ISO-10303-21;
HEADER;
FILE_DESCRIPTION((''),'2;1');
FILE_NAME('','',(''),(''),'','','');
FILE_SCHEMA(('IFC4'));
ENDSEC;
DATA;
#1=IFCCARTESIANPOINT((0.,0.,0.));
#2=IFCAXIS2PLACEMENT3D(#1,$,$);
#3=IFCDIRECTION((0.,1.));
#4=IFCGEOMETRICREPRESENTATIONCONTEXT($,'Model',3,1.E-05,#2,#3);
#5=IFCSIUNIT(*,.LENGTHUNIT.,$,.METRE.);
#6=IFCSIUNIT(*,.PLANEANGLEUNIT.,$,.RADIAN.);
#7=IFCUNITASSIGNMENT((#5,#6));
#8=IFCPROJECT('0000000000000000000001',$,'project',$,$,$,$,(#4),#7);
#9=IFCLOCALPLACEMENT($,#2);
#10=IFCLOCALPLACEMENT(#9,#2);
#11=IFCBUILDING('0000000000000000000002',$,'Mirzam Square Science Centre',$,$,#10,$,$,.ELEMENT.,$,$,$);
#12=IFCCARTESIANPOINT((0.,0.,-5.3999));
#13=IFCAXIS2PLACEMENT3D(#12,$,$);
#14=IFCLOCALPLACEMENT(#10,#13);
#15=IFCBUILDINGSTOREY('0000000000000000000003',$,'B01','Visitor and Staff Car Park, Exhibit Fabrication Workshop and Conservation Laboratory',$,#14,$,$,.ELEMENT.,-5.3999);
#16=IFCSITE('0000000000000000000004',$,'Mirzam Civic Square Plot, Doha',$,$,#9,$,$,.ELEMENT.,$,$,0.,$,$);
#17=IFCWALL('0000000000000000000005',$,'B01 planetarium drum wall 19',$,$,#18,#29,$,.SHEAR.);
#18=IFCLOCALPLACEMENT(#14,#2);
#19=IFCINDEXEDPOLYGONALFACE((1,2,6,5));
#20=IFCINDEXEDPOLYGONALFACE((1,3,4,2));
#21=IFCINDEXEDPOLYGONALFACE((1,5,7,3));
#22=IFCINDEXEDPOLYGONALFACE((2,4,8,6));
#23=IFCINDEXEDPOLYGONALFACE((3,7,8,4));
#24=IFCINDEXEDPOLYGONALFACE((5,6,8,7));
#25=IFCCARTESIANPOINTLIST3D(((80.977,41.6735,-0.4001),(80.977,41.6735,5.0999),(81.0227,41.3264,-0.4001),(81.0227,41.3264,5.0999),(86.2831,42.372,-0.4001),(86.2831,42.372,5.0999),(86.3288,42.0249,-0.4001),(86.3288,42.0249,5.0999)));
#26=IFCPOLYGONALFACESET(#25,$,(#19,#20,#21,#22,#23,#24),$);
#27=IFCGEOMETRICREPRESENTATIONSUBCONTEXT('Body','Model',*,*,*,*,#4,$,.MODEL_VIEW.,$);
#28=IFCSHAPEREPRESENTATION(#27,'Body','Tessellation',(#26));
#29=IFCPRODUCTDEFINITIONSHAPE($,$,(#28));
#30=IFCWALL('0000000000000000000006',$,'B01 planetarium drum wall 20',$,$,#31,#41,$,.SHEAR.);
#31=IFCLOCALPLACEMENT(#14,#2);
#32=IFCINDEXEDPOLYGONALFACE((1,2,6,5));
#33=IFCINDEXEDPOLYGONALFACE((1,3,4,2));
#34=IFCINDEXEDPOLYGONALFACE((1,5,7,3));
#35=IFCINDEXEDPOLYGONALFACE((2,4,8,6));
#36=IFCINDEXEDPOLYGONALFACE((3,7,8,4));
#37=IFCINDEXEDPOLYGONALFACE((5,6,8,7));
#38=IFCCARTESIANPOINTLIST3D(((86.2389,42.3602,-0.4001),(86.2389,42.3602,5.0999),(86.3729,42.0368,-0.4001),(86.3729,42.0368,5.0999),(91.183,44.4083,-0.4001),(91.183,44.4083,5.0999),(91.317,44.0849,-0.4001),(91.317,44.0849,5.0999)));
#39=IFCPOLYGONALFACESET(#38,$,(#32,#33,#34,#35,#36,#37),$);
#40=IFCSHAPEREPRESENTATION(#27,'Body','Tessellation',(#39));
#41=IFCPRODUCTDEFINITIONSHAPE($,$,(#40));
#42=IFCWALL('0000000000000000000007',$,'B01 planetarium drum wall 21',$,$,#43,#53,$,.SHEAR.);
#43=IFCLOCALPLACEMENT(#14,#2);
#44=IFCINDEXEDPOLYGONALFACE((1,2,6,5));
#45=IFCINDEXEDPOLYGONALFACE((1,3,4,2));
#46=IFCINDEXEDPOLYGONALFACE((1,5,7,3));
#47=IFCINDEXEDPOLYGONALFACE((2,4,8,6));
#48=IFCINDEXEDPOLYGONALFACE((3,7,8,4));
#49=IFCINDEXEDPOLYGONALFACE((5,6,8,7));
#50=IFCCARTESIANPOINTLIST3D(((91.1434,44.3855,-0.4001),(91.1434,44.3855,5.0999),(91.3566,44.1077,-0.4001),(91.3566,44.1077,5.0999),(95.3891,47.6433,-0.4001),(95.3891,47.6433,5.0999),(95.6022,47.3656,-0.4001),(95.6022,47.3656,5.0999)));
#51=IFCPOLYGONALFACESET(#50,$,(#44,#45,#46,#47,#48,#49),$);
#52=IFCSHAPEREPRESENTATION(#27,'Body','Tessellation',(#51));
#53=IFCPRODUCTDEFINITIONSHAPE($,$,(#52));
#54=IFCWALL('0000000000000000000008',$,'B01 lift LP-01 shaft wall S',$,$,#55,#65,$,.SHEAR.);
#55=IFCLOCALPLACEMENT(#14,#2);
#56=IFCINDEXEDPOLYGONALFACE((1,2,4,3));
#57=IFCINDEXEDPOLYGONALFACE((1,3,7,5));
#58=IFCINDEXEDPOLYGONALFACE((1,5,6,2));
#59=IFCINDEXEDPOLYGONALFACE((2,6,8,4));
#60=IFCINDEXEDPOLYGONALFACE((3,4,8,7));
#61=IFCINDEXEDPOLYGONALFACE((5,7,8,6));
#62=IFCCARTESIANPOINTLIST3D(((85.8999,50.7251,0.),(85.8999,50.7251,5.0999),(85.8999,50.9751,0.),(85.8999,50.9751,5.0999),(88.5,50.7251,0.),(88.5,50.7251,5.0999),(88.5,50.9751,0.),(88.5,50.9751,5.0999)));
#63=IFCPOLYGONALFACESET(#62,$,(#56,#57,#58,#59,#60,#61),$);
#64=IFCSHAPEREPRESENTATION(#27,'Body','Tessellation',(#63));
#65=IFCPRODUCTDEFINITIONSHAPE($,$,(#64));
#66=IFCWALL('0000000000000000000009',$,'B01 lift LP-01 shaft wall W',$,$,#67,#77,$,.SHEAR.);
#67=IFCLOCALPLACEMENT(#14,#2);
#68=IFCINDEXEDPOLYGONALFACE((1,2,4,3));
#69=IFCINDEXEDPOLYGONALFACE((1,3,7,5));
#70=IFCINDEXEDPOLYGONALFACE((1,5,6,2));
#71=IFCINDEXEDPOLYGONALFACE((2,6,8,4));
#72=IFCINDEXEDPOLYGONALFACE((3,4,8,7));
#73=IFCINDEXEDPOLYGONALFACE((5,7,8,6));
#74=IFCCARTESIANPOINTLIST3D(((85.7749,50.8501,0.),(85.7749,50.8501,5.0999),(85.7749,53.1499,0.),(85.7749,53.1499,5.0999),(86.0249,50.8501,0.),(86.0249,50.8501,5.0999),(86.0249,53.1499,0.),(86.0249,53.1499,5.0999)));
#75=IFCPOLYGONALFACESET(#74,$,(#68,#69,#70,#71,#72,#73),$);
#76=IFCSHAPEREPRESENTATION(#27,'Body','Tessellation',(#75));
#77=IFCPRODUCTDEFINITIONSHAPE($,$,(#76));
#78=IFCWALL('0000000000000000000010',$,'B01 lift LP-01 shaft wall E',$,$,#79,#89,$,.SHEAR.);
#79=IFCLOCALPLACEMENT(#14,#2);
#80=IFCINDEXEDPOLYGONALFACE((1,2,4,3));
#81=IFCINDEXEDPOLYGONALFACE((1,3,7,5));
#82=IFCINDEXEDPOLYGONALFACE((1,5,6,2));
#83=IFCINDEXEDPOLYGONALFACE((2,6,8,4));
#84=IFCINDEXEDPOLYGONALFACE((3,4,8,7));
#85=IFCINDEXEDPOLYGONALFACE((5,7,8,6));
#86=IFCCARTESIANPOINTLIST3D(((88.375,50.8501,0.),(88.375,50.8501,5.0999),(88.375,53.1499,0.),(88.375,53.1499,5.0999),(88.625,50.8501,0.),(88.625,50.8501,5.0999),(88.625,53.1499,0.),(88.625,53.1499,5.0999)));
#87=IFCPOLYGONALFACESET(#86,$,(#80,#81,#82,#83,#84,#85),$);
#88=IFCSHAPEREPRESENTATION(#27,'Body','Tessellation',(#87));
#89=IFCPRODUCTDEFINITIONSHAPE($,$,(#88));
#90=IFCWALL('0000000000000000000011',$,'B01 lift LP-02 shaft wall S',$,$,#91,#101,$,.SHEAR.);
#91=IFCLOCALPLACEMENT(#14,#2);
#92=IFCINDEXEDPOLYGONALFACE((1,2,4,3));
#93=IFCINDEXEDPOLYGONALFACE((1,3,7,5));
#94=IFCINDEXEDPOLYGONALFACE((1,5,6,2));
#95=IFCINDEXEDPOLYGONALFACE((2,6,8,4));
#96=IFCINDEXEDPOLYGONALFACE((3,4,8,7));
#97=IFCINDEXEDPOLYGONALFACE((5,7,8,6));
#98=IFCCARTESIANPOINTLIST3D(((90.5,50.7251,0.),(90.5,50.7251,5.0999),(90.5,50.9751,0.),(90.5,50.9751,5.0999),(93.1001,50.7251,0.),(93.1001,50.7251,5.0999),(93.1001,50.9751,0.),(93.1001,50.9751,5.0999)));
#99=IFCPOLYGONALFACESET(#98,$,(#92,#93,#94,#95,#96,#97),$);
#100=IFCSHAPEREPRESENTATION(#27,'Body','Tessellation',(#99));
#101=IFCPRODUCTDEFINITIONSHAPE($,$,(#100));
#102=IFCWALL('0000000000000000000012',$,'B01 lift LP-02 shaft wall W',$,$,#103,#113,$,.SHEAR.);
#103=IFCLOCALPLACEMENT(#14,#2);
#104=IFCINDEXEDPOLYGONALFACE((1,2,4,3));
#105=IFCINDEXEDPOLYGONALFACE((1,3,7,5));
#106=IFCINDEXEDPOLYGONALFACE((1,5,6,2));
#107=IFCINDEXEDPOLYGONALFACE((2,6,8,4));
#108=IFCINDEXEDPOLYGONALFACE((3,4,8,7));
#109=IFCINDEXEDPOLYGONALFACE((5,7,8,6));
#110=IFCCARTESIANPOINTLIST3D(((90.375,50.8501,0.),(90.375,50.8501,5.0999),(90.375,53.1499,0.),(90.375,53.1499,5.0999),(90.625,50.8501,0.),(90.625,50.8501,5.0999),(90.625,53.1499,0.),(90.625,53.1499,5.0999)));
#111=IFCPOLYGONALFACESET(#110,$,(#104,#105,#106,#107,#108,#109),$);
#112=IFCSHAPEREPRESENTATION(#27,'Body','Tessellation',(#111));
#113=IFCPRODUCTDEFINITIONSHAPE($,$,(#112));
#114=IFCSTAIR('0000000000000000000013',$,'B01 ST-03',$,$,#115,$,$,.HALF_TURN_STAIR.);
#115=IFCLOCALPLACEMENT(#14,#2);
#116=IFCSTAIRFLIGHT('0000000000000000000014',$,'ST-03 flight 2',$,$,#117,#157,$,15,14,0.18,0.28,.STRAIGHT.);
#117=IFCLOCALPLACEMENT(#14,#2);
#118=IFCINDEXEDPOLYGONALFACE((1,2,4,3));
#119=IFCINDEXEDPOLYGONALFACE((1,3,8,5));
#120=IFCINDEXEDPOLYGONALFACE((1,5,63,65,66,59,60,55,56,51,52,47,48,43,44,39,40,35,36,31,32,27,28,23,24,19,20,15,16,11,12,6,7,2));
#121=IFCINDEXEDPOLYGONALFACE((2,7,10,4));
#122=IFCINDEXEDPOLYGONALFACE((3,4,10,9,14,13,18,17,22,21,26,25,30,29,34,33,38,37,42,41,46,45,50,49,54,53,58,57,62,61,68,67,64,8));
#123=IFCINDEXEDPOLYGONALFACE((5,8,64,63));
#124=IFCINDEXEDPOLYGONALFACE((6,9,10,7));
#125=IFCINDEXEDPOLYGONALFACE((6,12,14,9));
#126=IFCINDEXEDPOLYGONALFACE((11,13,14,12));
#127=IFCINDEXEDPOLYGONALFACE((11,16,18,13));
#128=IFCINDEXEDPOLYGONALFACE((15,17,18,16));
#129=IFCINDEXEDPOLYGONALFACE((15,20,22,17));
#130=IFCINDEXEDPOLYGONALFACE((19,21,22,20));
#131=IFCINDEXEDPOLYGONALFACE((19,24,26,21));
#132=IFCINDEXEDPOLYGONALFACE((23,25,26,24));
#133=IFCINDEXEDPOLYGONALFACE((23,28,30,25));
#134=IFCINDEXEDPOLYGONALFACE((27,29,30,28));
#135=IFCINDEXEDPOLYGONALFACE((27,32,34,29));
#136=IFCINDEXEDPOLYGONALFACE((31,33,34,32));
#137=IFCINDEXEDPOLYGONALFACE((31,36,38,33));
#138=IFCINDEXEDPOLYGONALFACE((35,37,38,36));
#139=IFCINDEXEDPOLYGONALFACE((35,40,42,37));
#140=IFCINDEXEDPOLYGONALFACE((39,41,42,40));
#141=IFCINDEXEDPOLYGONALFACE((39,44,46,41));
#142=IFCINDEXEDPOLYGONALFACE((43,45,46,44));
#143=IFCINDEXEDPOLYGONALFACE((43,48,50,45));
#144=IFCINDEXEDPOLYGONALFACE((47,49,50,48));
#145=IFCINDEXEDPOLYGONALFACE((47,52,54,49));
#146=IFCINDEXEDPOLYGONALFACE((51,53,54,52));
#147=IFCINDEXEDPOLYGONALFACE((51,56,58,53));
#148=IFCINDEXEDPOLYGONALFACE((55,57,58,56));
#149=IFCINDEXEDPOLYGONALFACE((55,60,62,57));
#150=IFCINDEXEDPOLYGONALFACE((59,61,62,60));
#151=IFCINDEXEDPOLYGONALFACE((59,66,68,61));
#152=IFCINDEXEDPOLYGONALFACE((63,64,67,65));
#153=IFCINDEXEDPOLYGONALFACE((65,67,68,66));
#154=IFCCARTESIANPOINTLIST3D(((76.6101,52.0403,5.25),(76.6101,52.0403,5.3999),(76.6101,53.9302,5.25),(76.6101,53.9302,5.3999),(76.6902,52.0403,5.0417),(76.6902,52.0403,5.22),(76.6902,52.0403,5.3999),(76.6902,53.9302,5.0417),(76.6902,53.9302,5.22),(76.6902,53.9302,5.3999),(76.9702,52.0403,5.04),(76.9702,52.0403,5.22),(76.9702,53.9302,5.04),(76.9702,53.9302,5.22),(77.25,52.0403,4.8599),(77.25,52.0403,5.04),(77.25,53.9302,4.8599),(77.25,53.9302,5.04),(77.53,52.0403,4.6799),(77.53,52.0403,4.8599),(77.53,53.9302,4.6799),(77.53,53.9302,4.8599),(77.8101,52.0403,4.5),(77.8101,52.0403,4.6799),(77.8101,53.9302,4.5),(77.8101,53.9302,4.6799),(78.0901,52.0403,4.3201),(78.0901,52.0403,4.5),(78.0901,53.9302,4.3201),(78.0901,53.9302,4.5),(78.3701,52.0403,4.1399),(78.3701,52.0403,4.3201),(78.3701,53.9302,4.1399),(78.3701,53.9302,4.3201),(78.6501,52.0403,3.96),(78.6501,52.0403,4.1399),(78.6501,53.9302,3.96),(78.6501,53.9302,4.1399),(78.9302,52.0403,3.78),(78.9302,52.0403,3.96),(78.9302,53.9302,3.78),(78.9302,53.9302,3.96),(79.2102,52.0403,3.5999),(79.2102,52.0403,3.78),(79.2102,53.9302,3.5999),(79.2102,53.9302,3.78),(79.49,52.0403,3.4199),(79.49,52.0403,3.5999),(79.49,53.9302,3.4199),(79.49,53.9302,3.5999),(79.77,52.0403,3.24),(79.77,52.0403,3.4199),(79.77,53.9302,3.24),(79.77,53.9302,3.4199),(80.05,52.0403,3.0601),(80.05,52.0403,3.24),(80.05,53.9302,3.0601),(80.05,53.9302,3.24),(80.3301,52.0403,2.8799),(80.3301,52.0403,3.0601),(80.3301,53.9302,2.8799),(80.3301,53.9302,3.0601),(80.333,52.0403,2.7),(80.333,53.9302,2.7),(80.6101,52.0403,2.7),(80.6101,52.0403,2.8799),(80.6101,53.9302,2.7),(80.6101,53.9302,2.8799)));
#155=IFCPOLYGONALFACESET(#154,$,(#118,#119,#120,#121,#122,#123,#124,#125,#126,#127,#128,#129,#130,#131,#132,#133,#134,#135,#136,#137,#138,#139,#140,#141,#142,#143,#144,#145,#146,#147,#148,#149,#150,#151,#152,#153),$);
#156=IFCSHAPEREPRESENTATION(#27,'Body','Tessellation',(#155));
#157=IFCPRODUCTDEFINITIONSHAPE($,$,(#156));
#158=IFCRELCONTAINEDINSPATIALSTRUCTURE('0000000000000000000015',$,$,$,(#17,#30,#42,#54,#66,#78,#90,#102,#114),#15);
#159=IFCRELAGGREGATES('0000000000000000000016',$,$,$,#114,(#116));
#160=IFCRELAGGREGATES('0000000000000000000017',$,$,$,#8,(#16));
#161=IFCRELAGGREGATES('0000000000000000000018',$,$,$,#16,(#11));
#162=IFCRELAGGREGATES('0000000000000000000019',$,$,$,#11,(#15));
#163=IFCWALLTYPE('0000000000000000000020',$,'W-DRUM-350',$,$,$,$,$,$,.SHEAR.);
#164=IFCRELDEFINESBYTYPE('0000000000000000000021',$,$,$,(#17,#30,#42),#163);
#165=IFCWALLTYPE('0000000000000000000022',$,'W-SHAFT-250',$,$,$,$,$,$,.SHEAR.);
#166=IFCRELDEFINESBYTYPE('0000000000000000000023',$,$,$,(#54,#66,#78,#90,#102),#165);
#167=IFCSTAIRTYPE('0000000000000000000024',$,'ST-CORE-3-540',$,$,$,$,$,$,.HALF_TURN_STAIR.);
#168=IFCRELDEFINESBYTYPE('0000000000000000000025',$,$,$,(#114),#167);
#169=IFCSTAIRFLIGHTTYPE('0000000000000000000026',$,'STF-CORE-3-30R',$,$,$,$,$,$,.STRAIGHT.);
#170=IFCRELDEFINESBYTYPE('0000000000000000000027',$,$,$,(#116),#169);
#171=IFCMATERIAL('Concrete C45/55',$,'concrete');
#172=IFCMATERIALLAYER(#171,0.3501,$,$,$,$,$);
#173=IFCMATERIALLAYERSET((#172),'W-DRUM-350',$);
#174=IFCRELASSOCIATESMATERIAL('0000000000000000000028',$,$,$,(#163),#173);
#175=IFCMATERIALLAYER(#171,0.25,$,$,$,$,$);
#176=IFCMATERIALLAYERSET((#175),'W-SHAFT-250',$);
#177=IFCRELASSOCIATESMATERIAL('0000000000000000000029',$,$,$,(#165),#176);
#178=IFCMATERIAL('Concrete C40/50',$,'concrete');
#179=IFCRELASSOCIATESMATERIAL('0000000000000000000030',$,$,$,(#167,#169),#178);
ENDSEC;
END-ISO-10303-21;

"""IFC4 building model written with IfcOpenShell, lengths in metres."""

from ifc_helpers import new_model, si_unit, direction, frame, frame_2d, origin, place, context, subcontext, project, spatial, polyline, rectangle, outline, extrude, material, layer, layer_set, type_object, element, aggregate, save


model = new_model("IFC4")

# Units and contexts
model_context = context("Model", 3, precision=1e-05, world=origin(), true_north=direction((0.0, 1.0)))
body_context = subcontext(model_context, "Body", "Model", "MODEL_VIEW")
ifc_project = project(units=[si_unit("LENGTHUNIT", "METRE"), si_unit("PLANEANGLEUNIT", "RADIAN")], contexts=[model_context])

# Site, building, storey
site_placement = place(None, origin())
site = spatial("IfcSite", under=ifc_project, at=site_placement, Name="Mirzam Civic Square Plot, Doha", CompositionType="ELEMENT", RefElevation=0.0)
building_placement = place(site_placement, origin())
building = spatial("IfcBuilding", under=site, at=building_placement, Name="Mirzam Square Science Centre", CompositionType="ELEMENT")
storey_placement = place(building_placement, frame((0.0, 0.0, -5.3999)))
storey = spatial("IfcBuildingStorey", under=building, at=storey_placement, Name="B01", Description="Visitor and Staff Car Park, Exhibit Fabrication Workshop and Conservation Laboratory", CompositionType="ELEMENT", Elevation=-5.3999)

# Shared definitions
ifc_material_1 = material(Name="Concrete C45/55", Category="concrete")

# Walls
ifc_layer_1 = layer(ifc_material_1, 0.3501)
ifc_layer_set_1 = layer_set([ifc_layer_1], Name="W-DRUM-350")
wall_type_1 = type_object("IfcWallType", Name="W-DRUM-350", PredefinedType="SHEAR", material=ifc_layer_set_1)
wall_1_placement = place(storey_placement, frame((81.0, 41.5, -0.4001), z_axis=(0.0, 0.0, 1.0), x_axis=(0.991446, 0.130517, 0.0)))
element("IfcWall", 1, at=wall_1_placement, inside=storey, type_object=wall_type_1, Name="B01 planetarium drum wall 19", PredefinedType="SHEAR", context=body_context, shape_type="SweptSolid", body=[
    extrude(rectangle(XDim=5.3518, YDim=0.3501, at=frame_2d((2.6758, 0.0))), origin(), (0.0, 0.0, 1.0), 5.5),
])
for number, where, z_axis, x_axis, name in (
    (2, (86.3059, 42.1985, -0.4001), (0.0, 0.0, 1.0), (0.923867, 0.382713, 0.0), "B01 planetarium drum wall 20"),
    (3, (91.25, 44.2466, -0.4001), (0.0, 0.0, 1.0), (0.793349, 0.608767, 0.0), "B01 planetarium drum wall 21"),
):
    element("IfcWall", number, at=place(storey_placement, frame(where, z_axis=z_axis, x_axis=x_axis)), inside=storey, type_object=wall_type_1, Name=name, PredefinedType="SHEAR", context=body_context, shape_type="SweptSolid", body=[
        extrude(rectangle(XDim=5.3516, YDim=0.3501, at=frame_2d((2.6758, 0.0))), origin(), (0.0, 0.0, 1.0), 5.5),
    ])
ifc_layer_2 = layer(ifc_material_1, 0.25)
ifc_layer_set_2 = layer_set([ifc_layer_2], Name="W-SHAFT-250")
wall_type_2 = type_object("IfcWallType", Name="W-SHAFT-250", PredefinedType="SHEAR", material=ifc_layer_set_2)
wall_2_placement = place(storey_placement, frame((85.8999, 50.8501, 0.0), z_axis=(0.0, 0.0, 1.0), x_axis=(1.0, 0.0, 0.0)))
element("IfcWall", 4, at=wall_2_placement, inside=storey, type_object=wall_type_2, Name="B01 lift LP-01 shaft wall S", PredefinedType="SHEAR", context=body_context, shape_type="SweptSolid", body=[
    extrude(rectangle(XDim=2.6001, YDim=0.25, at=frame_2d((1.3, 0.0))), origin(), (0.0, 0.0, 1.0), 5.0999),
])

# Walls
for number, where, z_axis, x_axis, name in (
    (5, (85.8999, 53.1499, 0.0), (0.0, 0.0, 1.0), (0.0, -1.0, 0.0), "B01 lift LP-01 shaft wall W"),
    (6, (88.5, 50.8501, 0.0), (0.0, 0.0, 1.0), (0.0, 1.0, 0.0), "B01 lift LP-01 shaft wall E"),
):
    element("IfcWall", number, at=place(storey_placement, frame(where, z_axis=z_axis, x_axis=x_axis)), inside=storey, type_object=wall_type_2, Name=name, PredefinedType="SHEAR", context=body_context, shape_type="SweptSolid", body=[
        extrude(rectangle(XDim=2.2998, YDim=0.25, at=frame_2d((1.1499, 0.0))), origin(), (0.0, 0.0, 1.0), 5.0999),
    ])
wall_3_placement = place(storey_placement, frame((90.5, 50.8501, 0.0), z_axis=(0.0, 0.0, 1.0), x_axis=(1.0, 0.0, 0.0)))
element("IfcWall", 7, at=wall_3_placement, inside=storey, type_object=wall_type_2, Name="B01 lift LP-02 shaft wall S", PredefinedType="SHEAR", context=body_context, shape_type="SweptSolid", body=[
    extrude(rectangle(XDim=2.6001, YDim=0.25, at=frame_2d((1.3, 0.0))), origin(), (0.0, 0.0, 1.0), 5.0999),
])
wall_4_placement = place(storey_placement, frame((90.5, 53.1499, 0.0), z_axis=(0.0, 0.0, 1.0), x_axis=(0.0, -1.0, 0.0)))
element("IfcWall", 8, at=wall_4_placement, inside=storey, type_object=wall_type_2, Name="B01 lift LP-02 shaft wall W", PredefinedType="SHEAR", context=body_context, shape_type="SweptSolid", body=[
    extrude(rectangle(XDim=2.2998, YDim=0.25, at=frame_2d((1.1499, 0.0))), origin(), (0.0, 0.0, 1.0), 5.0999),
])

# Stair, stair flight
ifc_material_2 = material(Name="Concrete C40/50", Category="concrete")
stair_type = type_object("IfcStairType", Name="ST-CORE-3-540", PredefinedType="HALF_TURN_STAIR", material=ifc_material_2)
stair_placement = place(storey_placement, origin())
stair = element("IfcStair", 9, at=stair_placement, inside=storey, type_object=stair_type, Name="B01 ST-03", PredefinedType="HALF_TURN_STAIR")
stair_flight_type = type_object("IfcStairFlightType", Name="STF-CORE-3-30R", PredefinedType="STRAIGHT", material=ifc_material_2)
stair_flight_placement = place(storey_placement, frame((80.6101, 52.9851, 2.7), z_axis=(0.0, 0.0, 1.0), x_axis=(-1.0, 0.0, 0.0)))
stair_flight = element("IfcStairFlight", 10, at=stair_flight_placement, type_object=stair_flight_type, Name="ST-03 flight 2", NumberOfRisers=15, NumberOfTreads=14, PredefinedType="STRAIGHT", RiserHeight=0.18, TreadLength=0.28, context=body_context, shape_type="SweptSolid", body=[
    extrude(outline(polyline([(0.0, 0.0), (0.0, 0.1799), (0.28, 0.1799), (0.28, 0.3601), (0.5601, 0.3601), (0.5601, 0.54), (0.8401, 0.54), (0.8401, 0.72), (1.1201, 0.72), (1.1201, 0.8999), (1.3999, 0.8999), (1.3999, 1.0801), (1.6799, 1.0801), (1.6799, 1.26), (1.96, 1.26), (1.96, 1.4399), (2.24, 1.4399), (2.24, 1.6201), (2.52, 1.6201), (2.52, 1.8), (2.8, 1.8), (2.8, 1.98), (3.0801, 1.98), (3.0801, 2.1599), (3.3601, 2.1599), (3.3601, 2.3401), (3.6399, 2.3401), (3.6399, 2.52), (3.9199, 2.52), (3.9199, 2.7), (4.0, 2.7), (4.0, 2.55), (3.9199, 2.3418), (0.2771, 0.0), (0.0, 0.0)])), frame((0.0, 0.9448, 0.0), z_axis=(0.0, -1.0, 0.0), x_axis=(1.0, 0.0, 0.0)), (0.0, 0.0, 1.0), 1.8899),
])
aggregate(stair, [stair_flight])

save(model, "model.ifc")
